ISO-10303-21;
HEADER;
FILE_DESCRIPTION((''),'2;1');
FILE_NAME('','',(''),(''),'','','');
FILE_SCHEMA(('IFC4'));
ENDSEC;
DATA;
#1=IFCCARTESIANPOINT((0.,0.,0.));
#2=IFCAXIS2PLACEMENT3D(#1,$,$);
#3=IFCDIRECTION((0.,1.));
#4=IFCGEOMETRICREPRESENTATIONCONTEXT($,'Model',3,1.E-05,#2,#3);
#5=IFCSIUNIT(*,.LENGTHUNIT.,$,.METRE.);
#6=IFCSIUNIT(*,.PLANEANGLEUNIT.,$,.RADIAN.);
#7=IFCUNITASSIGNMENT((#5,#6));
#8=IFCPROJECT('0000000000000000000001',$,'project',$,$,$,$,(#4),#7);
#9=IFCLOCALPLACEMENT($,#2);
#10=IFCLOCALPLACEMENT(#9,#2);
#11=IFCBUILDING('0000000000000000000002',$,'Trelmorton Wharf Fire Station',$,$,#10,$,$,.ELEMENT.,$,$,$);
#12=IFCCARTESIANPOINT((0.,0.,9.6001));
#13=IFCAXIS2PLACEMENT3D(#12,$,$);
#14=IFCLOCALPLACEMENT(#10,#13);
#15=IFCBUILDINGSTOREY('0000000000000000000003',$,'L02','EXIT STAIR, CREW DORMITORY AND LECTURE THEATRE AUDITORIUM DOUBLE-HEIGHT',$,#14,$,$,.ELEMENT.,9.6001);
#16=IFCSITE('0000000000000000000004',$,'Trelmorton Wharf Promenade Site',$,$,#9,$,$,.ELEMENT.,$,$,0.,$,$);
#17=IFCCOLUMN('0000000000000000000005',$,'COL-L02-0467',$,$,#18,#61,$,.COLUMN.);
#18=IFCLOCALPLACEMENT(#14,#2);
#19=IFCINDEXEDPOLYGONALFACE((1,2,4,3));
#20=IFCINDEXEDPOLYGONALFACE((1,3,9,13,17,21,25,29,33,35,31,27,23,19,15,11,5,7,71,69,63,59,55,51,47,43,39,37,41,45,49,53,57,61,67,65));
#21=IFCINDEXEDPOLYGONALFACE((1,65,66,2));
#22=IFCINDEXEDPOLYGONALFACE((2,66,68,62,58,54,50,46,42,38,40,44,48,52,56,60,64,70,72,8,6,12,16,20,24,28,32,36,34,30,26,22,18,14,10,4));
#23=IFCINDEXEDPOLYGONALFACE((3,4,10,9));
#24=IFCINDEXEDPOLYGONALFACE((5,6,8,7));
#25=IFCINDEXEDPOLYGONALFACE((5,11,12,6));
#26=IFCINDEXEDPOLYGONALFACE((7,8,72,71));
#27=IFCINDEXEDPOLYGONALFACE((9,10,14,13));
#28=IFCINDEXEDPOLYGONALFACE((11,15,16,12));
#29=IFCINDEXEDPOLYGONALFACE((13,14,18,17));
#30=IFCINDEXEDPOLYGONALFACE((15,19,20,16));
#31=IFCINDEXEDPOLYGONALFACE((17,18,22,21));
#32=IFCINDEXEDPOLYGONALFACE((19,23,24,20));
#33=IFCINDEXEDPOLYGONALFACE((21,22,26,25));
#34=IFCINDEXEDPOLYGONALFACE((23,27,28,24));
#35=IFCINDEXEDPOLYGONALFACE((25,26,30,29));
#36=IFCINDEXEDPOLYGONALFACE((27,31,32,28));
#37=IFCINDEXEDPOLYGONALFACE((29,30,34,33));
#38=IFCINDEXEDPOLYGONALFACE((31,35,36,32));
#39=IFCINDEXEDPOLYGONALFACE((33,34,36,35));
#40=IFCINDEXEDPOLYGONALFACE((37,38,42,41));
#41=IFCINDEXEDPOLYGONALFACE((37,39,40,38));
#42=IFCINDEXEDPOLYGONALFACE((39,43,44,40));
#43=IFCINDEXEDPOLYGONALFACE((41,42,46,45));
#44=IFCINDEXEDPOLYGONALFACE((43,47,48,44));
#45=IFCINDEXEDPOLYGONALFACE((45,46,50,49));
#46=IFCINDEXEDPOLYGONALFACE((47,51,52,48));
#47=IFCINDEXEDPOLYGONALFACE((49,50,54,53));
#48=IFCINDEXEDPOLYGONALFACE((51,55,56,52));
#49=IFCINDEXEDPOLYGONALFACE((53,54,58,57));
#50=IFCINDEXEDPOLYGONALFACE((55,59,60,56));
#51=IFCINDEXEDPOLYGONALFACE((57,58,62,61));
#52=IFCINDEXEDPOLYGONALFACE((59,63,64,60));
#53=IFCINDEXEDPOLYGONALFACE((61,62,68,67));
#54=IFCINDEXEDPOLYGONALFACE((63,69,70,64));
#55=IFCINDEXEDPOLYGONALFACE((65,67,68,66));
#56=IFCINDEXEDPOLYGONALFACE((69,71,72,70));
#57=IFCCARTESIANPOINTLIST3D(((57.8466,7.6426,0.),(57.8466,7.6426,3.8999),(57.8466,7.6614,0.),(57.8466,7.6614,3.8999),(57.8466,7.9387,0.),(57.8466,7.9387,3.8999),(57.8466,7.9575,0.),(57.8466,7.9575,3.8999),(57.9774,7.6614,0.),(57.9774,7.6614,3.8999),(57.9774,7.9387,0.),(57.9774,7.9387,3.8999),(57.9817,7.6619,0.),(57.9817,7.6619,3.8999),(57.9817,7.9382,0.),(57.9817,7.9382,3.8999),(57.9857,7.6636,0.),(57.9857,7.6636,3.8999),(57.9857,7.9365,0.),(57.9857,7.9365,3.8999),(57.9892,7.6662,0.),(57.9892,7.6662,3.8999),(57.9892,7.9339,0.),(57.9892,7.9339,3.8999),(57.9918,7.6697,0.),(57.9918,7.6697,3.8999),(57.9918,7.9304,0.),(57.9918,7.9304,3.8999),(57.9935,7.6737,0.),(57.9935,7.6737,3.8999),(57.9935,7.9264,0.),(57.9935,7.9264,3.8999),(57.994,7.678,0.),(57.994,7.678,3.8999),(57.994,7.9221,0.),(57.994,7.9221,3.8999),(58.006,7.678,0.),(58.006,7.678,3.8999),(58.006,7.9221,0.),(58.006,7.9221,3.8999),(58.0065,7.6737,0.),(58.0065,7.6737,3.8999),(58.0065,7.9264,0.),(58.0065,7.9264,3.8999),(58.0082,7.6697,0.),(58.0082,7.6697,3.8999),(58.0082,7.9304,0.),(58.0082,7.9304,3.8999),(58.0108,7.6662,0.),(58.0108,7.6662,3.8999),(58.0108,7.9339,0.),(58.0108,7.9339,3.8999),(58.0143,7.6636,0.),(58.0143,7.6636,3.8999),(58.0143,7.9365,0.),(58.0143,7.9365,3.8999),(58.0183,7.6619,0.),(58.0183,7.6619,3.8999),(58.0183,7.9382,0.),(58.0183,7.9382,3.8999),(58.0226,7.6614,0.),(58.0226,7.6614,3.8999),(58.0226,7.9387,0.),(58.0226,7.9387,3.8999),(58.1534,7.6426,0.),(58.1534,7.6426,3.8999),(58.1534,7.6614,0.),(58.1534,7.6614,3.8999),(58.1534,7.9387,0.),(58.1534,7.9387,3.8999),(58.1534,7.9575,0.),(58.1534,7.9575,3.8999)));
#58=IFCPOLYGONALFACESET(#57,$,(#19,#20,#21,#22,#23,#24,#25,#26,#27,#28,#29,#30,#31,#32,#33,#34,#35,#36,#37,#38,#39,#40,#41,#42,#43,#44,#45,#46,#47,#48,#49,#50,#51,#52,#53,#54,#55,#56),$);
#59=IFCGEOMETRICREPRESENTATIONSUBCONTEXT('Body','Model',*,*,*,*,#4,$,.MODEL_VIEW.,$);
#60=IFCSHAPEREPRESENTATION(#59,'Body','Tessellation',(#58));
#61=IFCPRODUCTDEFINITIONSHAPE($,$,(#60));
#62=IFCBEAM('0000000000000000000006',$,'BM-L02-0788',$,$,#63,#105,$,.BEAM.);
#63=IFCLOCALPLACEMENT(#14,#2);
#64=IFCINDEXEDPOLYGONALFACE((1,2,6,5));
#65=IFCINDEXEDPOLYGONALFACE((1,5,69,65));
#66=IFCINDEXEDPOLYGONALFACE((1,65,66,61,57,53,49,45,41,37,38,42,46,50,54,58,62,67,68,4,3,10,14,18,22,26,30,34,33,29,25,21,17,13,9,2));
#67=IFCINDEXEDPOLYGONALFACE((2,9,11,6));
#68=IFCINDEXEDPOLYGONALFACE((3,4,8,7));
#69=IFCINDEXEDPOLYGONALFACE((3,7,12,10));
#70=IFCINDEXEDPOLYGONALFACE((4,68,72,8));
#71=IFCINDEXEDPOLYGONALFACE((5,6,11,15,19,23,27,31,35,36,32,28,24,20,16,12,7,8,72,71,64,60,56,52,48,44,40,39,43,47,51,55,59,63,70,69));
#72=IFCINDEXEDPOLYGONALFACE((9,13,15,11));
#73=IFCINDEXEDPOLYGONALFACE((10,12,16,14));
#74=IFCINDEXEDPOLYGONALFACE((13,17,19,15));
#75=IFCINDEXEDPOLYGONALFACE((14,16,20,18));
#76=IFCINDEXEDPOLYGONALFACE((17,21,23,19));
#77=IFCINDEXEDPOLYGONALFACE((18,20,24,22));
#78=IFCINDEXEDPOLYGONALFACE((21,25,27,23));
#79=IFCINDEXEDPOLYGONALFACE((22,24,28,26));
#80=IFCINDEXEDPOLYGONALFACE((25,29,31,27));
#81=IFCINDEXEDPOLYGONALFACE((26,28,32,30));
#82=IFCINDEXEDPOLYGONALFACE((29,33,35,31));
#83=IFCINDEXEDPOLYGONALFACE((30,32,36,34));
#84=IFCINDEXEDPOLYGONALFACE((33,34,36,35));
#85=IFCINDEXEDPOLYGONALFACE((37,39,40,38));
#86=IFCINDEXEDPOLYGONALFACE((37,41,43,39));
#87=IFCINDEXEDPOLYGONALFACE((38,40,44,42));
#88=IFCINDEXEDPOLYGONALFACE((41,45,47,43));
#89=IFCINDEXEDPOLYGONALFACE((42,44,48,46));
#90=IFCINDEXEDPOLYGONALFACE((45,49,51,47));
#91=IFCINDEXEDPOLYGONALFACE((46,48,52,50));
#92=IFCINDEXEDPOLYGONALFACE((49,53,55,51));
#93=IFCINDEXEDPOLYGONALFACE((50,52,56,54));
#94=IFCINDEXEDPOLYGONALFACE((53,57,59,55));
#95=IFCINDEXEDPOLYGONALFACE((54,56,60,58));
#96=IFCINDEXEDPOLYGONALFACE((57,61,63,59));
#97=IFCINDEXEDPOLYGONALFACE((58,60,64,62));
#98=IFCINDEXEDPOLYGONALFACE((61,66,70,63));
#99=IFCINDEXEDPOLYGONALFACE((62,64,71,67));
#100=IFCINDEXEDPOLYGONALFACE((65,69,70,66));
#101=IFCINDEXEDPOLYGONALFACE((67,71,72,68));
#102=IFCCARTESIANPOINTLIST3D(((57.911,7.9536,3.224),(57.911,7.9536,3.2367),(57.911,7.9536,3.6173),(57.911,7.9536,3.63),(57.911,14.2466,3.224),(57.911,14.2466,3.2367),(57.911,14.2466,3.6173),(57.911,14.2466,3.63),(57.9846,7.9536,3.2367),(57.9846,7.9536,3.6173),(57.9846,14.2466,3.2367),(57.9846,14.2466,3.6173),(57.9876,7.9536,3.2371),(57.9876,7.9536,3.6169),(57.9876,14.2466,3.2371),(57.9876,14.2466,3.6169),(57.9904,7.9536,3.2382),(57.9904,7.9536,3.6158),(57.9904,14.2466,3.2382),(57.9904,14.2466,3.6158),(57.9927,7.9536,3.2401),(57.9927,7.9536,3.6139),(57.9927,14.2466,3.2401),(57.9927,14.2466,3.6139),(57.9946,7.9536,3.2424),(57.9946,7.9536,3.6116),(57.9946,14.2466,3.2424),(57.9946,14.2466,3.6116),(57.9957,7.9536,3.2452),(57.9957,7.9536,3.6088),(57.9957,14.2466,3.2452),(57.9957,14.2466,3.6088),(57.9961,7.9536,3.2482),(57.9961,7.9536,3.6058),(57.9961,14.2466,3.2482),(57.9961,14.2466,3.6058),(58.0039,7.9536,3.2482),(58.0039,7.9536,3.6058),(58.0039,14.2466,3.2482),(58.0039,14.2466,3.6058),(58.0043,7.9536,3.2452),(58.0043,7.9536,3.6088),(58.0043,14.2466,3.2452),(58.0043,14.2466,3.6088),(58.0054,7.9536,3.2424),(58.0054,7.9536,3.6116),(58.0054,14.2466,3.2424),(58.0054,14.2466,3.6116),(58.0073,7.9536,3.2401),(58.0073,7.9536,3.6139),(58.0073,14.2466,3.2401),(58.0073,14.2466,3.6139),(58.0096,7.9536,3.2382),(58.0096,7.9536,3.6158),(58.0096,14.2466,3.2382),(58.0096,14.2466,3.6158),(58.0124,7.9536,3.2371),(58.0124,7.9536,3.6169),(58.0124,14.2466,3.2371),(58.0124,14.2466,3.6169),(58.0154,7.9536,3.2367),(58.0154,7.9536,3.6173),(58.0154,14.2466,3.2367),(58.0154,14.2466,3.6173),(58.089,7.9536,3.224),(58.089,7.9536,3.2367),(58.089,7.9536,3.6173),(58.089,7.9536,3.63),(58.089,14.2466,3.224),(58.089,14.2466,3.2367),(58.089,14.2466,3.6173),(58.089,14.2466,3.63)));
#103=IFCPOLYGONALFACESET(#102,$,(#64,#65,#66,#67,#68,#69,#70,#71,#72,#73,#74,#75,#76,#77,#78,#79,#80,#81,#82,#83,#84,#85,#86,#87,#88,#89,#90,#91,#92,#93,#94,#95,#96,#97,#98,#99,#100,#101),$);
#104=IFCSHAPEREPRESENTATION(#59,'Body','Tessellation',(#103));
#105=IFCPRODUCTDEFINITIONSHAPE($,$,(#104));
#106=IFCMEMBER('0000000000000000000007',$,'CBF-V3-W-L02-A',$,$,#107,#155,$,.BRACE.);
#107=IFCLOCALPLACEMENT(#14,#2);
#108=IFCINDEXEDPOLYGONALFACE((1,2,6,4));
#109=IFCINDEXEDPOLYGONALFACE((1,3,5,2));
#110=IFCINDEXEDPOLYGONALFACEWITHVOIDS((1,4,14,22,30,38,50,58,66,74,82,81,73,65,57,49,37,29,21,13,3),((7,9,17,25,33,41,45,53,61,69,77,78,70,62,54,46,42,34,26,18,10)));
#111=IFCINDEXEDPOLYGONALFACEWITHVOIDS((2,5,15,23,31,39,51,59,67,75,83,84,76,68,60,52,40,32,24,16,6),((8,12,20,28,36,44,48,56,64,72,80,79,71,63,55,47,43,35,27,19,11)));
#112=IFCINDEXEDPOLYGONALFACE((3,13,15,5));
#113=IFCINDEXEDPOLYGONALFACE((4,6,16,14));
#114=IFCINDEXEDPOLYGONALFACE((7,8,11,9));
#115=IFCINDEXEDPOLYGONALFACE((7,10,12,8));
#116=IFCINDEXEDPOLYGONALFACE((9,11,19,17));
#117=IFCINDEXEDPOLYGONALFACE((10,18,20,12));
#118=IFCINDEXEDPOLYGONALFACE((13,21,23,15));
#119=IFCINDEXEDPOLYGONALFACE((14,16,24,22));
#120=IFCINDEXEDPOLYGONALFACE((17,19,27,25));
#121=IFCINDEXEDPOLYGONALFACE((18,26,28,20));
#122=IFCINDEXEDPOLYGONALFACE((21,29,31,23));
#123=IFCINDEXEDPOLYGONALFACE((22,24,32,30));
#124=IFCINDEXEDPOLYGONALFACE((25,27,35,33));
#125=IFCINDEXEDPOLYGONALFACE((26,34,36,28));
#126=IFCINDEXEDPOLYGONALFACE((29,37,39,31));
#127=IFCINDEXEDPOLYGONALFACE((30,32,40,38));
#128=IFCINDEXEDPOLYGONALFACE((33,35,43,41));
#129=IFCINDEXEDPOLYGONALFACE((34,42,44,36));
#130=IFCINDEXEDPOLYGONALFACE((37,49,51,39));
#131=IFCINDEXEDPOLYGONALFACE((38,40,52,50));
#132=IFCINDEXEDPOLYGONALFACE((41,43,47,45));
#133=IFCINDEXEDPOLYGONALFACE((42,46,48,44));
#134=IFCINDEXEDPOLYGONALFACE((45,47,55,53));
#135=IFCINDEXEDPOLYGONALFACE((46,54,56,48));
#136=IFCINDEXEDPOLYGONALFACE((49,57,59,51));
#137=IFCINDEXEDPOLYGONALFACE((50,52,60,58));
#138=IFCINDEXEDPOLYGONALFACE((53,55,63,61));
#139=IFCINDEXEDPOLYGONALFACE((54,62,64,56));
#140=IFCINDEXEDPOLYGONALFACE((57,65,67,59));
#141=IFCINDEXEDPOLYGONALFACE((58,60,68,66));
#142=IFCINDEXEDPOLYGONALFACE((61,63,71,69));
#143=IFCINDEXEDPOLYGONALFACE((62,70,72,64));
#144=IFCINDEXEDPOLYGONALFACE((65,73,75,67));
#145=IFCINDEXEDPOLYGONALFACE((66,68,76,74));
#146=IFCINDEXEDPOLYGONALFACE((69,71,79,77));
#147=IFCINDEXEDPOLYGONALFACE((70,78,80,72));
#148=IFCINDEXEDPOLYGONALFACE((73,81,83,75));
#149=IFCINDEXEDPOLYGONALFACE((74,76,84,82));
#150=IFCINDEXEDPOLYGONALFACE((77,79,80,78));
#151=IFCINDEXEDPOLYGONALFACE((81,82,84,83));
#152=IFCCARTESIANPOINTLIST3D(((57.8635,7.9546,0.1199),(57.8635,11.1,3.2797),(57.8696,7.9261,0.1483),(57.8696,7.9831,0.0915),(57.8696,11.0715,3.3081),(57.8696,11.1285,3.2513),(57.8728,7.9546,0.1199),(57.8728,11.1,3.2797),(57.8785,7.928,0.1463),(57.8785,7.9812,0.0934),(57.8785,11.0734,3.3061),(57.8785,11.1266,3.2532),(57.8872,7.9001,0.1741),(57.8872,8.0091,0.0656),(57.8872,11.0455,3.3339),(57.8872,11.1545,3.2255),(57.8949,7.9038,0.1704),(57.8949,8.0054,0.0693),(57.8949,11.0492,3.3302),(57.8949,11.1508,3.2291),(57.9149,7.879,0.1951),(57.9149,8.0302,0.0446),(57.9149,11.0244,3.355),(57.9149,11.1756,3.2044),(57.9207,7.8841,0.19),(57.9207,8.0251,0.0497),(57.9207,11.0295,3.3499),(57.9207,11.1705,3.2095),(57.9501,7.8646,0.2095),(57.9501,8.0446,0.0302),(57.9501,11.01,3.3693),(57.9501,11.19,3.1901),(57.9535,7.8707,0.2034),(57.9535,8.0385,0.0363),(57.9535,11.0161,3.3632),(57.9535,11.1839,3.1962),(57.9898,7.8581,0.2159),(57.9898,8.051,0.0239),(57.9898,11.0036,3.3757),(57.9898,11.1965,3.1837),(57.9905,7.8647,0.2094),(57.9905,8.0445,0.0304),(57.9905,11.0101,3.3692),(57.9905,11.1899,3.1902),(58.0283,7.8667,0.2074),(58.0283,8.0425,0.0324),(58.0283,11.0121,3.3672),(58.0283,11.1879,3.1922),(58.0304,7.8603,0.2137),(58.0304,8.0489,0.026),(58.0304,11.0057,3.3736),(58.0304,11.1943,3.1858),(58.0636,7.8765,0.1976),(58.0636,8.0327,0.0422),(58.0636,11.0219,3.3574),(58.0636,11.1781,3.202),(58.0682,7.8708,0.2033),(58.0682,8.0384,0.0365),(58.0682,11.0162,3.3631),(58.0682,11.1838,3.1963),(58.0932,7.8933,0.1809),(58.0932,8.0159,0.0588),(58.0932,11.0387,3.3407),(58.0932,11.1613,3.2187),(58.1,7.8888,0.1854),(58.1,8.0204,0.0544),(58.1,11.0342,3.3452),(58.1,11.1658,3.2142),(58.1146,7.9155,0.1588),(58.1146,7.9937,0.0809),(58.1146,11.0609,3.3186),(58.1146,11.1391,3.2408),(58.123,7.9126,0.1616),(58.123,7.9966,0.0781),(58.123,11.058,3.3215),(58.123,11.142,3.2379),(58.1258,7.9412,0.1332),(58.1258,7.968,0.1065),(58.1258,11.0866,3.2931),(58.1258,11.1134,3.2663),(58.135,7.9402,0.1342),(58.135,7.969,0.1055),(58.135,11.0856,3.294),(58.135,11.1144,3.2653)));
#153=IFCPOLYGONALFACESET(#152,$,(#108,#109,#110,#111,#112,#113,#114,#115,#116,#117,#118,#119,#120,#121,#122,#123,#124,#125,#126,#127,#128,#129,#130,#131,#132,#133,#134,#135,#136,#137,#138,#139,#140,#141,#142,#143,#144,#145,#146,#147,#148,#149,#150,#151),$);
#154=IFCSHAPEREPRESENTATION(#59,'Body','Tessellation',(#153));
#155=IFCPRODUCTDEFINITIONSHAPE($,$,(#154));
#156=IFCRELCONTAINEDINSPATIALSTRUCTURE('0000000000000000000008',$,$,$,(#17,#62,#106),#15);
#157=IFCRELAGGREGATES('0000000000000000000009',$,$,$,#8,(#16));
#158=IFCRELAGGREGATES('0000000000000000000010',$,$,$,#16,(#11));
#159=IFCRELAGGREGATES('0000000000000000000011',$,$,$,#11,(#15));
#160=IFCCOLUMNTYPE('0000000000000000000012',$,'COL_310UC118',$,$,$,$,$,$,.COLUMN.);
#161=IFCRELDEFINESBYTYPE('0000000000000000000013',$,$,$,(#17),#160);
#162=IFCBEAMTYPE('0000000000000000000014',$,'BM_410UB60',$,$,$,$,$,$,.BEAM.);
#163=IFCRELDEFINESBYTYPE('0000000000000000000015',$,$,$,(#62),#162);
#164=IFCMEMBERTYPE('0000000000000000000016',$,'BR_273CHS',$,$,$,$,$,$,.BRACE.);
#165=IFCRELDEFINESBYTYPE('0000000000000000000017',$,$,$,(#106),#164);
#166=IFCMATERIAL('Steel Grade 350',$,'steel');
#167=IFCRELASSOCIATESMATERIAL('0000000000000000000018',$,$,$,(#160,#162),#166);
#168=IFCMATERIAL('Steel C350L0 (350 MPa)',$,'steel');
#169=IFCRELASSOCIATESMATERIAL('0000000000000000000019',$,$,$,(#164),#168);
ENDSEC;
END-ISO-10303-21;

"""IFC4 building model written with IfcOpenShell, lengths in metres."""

from ifc_helpers import new_model, si_unit, direction, frame, origin, origin_2d, place, context, subcontext, project, spatial, hollow_circle, i_section, extrude, material, material_profile, profile_set, type_object, element, save


model = new_model("IFC4")

# Units and contexts
model_context = context("Model", 3, precision=1e-05, world=origin(), true_north=direction((0.0, 1.0)))
body_context = subcontext(model_context, "Body", "Model", "MODEL_VIEW")
ifc_project = project(units=[si_unit("LENGTHUNIT", "METRE"), si_unit("PLANEANGLEUNIT", "RADIAN")], contexts=[model_context])

# Site, building, storey
site_placement = place(None, origin())
site = spatial("IfcSite", under=ifc_project, at=site_placement, Name="Trelmorton Wharf Promenade Site", CompositionType="ELEMENT", RefElevation=0.0)
building_placement = place(site_placement, origin())
building = spatial("IfcBuilding", under=site, at=building_placement, Name="Trelmorton Wharf Fire Station", CompositionType="ELEMENT")
storey_placement = place(building_placement, frame((0.0, 0.0, 9.6001)))
storey = spatial("IfcBuildingStorey", under=building, at=storey_placement, Name="L02", Description="EXIT STAIR, CREW DORMITORY AND LECTURE THEATRE AUDITORIUM DOUBLE-HEIGHT", CompositionType="ELEMENT", Elevation=9.6001)

# Column
ifc_material_1 = material(Name="Steel Grade 350", Category="steel")
ifc_material_profile_1 = material_profile(ifc_material_1, i_section(OverallWidth=0.3069, OverallDepth=0.3149, WebThickness=0.012, FlangeThickness=0.0188, FilletRadius=0.0166, at=origin_2d()), Name="310UC118")
ifc_profile_set_1 = profile_set([ifc_material_profile_1], Name="Steel Grade 350")
column_type = type_object("IfcColumnType", Name="COL_310UC118", PredefinedType="COLUMN", material=ifc_profile_set_1)
column_placement = place(storey_placement, frame((58.0, 7.8, 0.0), z_axis=(0.0, 0.0, 1.0), x_axis=(1.0, 0.0, 0.0)))
element("IfcColumn", 1, at=column_placement, inside=storey, type_object=column_type, Name="COL-L02-0467", PredefinedType="COLUMN", context=body_context, shape_type="SweptSolid", body=[
    extrude(i_section(OverallWidth=0.3069, OverallDepth=0.3149, WebThickness=0.012, FlangeThickness=0.0188, FilletRadius=0.0166, at=origin_2d()), origin(), (0.0, 0.0, 1.0), 3.8999),
])

# Beam
ifc_material_profile_2 = material_profile(ifc_material_1, i_section(OverallWidth=0.178, OverallDepth=0.406, WebThickness=0.0078, FlangeThickness=0.0127, FilletRadius=0.0115, at=origin_2d()), Name="410UB59.7")
ifc_profile_set_2 = profile_set([ifc_material_profile_2], Name="Steel Grade 350")
beam_type = type_object("IfcBeamType", Name="BM_410UB60", PredefinedType="BEAM", material=ifc_profile_set_2)
beam_placement = place(storey_placement, frame((58.0, 7.9536, 3.427), z_axis=(0.0, 1.0, 0.0), x_axis=(-1.0, 0.0, 0.0)))
element("IfcBeam", 2, at=beam_placement, inside=storey, type_object=beam_type, Name="BM-L02-0788", PredefinedType="BEAM", context=body_context, shape_type="SweptSolid", body=[
    extrude(i_section(OverallWidth=0.178, OverallDepth=0.406, WebThickness=0.0078, FlangeThickness=0.0127, FilletRadius=0.0115, at=origin_2d()), origin(), (0.0, 0.0, 1.0), 6.293),
])

# Member
ifc_material_2 = material(Name="Steel C350L0 (350 MPa)", Category="steel")
ifc_material_profile_3 = material_profile(ifc_material_2, hollow_circle(Radius=0.1365, WallThickness=0.0093, at=origin_2d()), Name="273.1x9.3CHS")
ifc_profile_set_3 = profile_set([ifc_material_profile_3], Name="Steel C350L0 (350 MPa)")
member_type = type_object("IfcMemberType", Name="BR_273CHS", PredefinedType="BRACE", material=ifc_profile_set_3)
for number, where, z_axis, x_axis, name in (
    (3, (58.0, 7.9546, 0.1199), (0.0, 0.70549, 0.70872), (-1.0, 0.0, 0.0), "CBF-V3-W-L02-A"),
):
    element("IfcMember", number, at=place(storey_placement, frame(where, z_axis=z_axis, x_axis=x_axis)), inside=storey, type_object=member_type, Name=name, PredefinedType="BRACE", context=body_context, shape_type="SweptSolid", body=[
        extrude(hollow_circle(Radius=0.1365, WallThickness=0.0093, at=origin_2d()), origin(), (0.0, 0.0, 1.0), 4.4585),
    ])

save(model, "model.ifc")
